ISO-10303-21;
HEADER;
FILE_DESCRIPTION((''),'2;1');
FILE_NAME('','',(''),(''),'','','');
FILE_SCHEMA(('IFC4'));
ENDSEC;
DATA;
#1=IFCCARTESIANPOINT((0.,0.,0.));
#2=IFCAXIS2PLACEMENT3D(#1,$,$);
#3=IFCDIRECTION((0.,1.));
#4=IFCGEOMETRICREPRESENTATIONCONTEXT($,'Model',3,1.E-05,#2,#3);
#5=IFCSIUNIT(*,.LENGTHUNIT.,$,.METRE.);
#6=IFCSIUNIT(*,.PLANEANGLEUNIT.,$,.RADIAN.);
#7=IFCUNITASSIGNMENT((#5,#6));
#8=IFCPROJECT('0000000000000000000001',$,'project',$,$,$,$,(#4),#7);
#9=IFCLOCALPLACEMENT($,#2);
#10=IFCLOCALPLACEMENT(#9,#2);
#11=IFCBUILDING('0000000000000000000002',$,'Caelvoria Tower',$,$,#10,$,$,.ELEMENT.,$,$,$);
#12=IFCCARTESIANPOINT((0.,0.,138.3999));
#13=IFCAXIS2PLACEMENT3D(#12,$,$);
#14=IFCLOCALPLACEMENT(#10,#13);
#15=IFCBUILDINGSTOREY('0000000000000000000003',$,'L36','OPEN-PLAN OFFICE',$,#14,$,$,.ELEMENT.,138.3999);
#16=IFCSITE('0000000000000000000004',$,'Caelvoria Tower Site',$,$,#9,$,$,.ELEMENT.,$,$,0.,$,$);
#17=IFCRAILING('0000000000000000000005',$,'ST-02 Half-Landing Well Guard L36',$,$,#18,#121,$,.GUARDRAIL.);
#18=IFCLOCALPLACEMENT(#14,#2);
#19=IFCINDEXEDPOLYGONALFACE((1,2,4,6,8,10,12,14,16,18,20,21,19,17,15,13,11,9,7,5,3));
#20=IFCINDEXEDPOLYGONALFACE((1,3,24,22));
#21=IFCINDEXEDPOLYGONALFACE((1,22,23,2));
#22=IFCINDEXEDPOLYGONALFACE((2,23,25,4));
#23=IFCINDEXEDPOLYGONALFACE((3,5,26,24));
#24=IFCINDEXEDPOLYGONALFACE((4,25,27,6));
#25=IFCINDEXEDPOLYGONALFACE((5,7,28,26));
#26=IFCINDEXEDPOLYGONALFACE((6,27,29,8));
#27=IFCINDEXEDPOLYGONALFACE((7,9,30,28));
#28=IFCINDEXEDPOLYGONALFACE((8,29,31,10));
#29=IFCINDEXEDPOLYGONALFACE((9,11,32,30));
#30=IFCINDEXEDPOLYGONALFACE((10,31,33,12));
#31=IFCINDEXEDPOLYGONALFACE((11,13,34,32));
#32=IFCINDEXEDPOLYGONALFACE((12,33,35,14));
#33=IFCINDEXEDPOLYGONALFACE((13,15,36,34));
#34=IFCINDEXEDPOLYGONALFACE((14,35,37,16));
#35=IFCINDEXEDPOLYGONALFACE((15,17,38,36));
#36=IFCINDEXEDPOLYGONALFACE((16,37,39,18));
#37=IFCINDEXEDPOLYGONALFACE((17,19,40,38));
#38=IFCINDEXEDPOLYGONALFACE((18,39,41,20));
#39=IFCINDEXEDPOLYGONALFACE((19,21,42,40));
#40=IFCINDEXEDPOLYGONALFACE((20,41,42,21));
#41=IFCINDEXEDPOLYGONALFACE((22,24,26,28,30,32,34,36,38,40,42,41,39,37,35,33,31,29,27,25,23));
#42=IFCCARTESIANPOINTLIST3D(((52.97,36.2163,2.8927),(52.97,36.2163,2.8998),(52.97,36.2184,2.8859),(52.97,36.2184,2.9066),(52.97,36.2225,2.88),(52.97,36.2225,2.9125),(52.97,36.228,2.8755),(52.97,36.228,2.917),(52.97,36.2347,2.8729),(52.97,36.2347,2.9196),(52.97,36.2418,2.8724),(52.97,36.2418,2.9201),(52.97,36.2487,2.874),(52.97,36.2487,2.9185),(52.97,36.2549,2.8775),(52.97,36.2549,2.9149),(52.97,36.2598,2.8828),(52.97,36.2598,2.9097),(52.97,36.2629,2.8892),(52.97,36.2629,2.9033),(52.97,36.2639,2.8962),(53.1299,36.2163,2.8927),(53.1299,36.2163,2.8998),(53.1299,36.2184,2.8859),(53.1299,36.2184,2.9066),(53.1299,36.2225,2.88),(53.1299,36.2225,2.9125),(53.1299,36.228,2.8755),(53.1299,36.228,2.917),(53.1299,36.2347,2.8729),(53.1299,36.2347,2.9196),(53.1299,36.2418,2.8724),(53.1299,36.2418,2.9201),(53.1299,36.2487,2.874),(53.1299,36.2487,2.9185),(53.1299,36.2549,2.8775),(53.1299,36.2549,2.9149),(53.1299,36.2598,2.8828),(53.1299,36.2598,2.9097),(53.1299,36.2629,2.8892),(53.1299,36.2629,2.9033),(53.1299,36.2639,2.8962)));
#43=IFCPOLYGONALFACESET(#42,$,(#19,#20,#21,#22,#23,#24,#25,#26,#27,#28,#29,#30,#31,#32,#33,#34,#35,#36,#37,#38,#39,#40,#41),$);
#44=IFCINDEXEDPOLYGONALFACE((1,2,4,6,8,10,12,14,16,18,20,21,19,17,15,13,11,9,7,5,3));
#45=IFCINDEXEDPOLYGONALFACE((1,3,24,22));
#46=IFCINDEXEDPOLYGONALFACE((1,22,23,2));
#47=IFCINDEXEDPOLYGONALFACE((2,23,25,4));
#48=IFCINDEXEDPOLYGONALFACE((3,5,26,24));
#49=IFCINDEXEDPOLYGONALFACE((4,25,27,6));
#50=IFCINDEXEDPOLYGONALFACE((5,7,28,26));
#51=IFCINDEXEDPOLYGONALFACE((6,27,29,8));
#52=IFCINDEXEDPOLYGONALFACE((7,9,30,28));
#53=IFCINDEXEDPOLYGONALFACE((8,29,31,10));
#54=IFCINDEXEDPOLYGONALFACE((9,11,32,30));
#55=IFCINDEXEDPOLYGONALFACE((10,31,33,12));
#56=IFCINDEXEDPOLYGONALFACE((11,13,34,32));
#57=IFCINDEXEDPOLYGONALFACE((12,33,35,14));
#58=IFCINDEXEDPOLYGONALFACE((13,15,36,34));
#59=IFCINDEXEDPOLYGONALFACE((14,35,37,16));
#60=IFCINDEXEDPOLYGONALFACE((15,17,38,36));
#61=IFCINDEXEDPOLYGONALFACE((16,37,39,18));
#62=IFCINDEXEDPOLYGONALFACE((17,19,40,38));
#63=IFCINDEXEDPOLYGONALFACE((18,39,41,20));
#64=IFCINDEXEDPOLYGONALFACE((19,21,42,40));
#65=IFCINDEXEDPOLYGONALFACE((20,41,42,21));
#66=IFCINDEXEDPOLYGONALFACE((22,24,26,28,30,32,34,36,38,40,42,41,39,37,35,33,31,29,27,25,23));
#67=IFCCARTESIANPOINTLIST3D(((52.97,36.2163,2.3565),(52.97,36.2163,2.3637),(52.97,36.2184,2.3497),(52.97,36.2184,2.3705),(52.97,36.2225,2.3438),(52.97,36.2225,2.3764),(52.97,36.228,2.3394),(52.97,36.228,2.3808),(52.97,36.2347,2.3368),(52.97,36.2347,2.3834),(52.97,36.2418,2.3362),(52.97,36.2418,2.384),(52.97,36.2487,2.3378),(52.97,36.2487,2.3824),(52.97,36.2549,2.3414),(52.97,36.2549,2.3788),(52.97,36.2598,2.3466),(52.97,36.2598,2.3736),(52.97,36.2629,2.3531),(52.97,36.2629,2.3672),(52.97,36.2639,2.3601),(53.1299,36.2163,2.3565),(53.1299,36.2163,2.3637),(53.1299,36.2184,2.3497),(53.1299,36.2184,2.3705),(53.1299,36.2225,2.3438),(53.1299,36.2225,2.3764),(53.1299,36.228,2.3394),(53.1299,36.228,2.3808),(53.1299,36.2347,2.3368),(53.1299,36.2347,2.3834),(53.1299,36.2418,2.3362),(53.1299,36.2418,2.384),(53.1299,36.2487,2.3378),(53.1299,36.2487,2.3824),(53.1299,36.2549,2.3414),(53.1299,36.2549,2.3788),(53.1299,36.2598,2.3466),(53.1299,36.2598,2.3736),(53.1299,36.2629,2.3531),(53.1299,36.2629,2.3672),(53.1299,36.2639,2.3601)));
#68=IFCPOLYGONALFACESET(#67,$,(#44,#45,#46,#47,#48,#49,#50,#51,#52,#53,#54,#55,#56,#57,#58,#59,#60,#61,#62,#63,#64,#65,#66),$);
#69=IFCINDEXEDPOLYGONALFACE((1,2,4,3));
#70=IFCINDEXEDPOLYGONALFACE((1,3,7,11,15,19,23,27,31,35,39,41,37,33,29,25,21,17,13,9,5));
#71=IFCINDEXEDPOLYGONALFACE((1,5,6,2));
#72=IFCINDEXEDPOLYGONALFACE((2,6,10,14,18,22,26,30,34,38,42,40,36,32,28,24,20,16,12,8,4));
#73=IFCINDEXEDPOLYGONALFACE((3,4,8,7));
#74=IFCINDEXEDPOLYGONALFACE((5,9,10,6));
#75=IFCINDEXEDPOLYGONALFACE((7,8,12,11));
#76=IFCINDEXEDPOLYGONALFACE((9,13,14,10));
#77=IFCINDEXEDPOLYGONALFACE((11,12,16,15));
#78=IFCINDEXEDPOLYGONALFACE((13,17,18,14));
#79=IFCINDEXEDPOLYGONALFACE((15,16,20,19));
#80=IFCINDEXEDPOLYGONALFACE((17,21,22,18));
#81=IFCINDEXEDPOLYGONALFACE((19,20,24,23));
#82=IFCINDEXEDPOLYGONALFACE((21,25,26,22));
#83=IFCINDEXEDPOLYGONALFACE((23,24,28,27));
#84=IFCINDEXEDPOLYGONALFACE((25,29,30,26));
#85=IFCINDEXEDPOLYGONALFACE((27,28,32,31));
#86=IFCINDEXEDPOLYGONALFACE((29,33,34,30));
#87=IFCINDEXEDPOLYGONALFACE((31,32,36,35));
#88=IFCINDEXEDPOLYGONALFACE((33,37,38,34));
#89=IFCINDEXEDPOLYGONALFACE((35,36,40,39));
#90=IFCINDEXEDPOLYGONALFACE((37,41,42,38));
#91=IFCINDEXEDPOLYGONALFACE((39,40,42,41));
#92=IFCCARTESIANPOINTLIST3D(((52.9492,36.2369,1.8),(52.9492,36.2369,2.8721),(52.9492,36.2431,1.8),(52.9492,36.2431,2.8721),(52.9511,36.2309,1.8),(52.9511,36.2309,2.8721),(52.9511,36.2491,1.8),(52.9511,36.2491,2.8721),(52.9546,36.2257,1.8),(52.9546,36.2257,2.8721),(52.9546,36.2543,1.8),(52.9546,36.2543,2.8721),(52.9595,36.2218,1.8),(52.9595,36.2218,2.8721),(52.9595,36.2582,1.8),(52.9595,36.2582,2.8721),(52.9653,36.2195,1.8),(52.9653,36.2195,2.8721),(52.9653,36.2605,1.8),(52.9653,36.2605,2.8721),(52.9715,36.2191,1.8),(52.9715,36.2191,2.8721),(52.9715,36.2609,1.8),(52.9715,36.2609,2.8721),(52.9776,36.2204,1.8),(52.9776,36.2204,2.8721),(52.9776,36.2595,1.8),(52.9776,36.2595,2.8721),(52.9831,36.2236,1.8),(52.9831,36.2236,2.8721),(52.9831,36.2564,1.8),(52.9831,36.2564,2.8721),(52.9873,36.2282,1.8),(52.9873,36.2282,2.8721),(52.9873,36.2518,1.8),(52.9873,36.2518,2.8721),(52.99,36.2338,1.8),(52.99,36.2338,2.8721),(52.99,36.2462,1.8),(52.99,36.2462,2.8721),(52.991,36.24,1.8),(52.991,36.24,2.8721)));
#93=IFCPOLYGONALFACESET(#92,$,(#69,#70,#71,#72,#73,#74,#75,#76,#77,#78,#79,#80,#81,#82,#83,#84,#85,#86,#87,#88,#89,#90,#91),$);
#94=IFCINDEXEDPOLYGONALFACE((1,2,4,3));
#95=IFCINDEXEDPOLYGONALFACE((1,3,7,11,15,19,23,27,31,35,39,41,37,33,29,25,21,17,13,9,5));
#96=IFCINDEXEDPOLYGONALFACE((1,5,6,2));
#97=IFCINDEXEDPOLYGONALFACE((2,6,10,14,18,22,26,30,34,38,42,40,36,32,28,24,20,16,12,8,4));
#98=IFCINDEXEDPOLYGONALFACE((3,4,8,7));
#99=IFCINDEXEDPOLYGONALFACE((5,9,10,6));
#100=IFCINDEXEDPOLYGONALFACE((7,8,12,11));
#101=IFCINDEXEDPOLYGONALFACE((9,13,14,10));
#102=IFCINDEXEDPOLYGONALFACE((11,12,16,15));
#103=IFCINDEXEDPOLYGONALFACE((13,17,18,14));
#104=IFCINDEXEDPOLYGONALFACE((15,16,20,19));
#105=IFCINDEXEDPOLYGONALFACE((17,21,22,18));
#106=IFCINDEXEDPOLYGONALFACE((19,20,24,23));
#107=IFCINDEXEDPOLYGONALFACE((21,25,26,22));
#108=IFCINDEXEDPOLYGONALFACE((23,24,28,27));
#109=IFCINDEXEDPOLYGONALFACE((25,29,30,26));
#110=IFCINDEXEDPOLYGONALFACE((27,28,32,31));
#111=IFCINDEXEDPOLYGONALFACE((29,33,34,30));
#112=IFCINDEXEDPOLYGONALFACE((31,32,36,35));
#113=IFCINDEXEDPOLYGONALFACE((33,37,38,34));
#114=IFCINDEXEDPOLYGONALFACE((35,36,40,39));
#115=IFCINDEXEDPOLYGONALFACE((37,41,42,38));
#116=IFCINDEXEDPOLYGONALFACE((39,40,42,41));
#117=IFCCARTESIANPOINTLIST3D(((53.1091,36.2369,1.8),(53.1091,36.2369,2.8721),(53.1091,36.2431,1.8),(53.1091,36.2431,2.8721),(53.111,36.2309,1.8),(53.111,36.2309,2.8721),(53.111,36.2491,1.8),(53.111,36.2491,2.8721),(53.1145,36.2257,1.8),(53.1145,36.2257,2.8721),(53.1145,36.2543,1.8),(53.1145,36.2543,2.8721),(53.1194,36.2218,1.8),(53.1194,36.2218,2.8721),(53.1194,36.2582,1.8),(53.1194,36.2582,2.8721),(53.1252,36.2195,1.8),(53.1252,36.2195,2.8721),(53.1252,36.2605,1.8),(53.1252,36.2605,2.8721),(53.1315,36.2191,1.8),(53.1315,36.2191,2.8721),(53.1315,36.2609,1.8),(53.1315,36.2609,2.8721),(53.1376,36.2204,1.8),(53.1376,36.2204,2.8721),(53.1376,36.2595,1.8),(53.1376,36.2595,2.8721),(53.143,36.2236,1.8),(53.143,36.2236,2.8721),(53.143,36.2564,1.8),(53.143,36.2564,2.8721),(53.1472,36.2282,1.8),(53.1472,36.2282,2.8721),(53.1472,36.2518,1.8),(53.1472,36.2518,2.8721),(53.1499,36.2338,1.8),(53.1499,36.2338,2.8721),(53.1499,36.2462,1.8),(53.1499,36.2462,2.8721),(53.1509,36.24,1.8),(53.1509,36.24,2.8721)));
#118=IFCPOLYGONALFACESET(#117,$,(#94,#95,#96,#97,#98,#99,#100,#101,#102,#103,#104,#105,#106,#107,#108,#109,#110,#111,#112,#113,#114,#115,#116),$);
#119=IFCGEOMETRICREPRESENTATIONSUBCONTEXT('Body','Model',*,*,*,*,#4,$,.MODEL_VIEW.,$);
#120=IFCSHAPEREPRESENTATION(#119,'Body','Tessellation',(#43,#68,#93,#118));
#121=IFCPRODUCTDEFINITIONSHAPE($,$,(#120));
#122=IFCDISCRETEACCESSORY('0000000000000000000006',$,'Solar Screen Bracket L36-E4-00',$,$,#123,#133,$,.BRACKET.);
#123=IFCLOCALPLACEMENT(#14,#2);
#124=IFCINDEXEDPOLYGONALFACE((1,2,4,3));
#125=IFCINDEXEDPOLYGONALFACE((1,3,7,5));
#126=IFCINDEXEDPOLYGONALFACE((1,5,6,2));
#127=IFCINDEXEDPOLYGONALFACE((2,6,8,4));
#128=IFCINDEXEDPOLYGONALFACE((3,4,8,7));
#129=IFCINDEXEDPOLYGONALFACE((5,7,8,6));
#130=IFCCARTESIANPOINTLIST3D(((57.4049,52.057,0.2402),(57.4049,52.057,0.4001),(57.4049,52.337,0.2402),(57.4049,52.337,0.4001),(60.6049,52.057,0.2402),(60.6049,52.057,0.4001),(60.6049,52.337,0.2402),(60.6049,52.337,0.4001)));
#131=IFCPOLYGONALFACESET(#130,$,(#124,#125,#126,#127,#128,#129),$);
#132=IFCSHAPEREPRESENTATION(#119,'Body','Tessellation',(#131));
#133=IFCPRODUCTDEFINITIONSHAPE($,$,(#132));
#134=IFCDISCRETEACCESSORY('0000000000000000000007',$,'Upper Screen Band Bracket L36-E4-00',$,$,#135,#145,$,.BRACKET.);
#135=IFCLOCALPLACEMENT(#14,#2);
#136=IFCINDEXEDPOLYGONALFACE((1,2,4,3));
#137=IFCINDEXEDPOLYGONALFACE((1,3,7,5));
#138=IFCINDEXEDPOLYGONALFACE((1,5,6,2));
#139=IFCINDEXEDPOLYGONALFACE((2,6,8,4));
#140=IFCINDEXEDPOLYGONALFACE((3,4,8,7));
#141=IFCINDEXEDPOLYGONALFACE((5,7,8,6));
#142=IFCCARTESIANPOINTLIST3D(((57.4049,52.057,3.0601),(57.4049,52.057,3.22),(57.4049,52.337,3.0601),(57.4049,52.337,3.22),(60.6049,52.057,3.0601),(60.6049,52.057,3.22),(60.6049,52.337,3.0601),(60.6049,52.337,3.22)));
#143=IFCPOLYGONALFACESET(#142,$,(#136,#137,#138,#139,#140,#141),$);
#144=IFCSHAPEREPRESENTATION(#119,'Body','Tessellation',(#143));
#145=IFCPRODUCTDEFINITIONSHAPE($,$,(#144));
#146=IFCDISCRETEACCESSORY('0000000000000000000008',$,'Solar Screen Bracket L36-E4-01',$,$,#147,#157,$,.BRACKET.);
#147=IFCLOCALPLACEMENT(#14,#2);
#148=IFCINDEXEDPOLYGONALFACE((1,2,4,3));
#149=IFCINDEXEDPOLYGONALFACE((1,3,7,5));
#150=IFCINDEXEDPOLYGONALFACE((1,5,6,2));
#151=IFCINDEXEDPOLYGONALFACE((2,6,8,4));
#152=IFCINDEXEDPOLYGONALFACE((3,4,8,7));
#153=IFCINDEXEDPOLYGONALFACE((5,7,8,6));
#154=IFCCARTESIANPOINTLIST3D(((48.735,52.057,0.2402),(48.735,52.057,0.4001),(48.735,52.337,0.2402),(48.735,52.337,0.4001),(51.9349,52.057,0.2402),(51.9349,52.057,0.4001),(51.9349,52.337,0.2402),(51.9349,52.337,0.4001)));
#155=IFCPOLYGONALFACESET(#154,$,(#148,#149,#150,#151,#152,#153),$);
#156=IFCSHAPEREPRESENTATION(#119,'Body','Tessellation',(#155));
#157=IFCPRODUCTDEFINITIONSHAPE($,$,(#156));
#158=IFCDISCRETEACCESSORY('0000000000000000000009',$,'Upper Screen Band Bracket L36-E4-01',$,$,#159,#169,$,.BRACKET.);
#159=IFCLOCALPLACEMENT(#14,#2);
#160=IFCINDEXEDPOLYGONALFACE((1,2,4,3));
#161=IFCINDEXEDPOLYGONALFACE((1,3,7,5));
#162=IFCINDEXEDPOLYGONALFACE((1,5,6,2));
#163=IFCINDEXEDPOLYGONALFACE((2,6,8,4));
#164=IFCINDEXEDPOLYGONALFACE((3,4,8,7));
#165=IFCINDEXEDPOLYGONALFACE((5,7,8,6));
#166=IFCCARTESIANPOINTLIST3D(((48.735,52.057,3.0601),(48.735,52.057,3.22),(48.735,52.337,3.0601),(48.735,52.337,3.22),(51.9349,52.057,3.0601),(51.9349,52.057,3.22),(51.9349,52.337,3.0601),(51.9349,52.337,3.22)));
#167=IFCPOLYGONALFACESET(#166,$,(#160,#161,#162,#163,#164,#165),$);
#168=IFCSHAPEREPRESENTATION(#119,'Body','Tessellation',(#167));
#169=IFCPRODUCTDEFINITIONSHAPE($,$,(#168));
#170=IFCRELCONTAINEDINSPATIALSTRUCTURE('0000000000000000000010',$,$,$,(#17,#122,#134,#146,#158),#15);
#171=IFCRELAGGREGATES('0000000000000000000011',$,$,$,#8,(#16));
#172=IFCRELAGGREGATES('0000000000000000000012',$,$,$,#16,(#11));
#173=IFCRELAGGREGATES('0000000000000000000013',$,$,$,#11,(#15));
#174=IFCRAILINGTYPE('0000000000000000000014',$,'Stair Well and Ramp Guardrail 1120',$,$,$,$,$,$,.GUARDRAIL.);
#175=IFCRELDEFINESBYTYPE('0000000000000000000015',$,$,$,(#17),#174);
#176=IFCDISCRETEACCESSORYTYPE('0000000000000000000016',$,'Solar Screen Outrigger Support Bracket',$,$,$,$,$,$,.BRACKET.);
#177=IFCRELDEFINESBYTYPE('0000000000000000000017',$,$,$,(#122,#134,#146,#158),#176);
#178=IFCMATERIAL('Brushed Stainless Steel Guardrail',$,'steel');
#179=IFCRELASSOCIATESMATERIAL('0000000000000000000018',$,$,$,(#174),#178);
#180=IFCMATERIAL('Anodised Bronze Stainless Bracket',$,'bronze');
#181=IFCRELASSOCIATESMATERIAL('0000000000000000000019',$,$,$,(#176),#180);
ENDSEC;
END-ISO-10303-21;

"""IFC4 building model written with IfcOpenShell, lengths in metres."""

from ifc_helpers import new_model, si_unit, direction, frame, origin, origin_2d, place, context, subcontext, project, spatial, rectangle, circle, extrude, material, type_object, element, save


model = new_model("IFC4")

# Units and contexts
model_context = context("Model", 3, precision=1e-05, world=origin(), true_north=direction((0.0, 1.0)))
body_context = subcontext(model_context, "Body", "Model", "MODEL_VIEW")
ifc_project = project(units=[si_unit("LENGTHUNIT", "METRE"), si_unit("PLANEANGLEUNIT", "RADIAN")], contexts=[model_context])

# Site, building, storey
site_placement = place(None, origin())
site = spatial("IfcSite", under=ifc_project, at=site_placement, Name="Caelvoria Tower Site", CompositionType="ELEMENT", RefElevation=0.0)
building_placement = place(site_placement, origin())
building = spatial("IfcBuilding", under=site, at=building_placement, Name="Caelvoria Tower", CompositionType="ELEMENT")
storey_placement = place(building_placement, frame((0.0, 0.0, 138.3999)))
storey = spatial("IfcBuildingStorey", under=building, at=storey_placement, Name="L36", Description="OPEN-PLAN OFFICE", CompositionType="ELEMENT", Elevation=138.3999)

# Railing
ifc_material_1 = material(Name="Brushed Stainless Steel Guardrail", Category="steel")
railing_type_1 = type_object("IfcRailingType", Name="Stair Well and Ramp Guardrail 1120", PredefinedType="GUARDRAIL", material=ifc_material_1)
railing_1_placement = place(storey_placement, frame((52.97, 36.24, 1.8)))
element("IfcRailing", 1, at=railing_1_placement, inside=storey, type_object=railing_type_1, Name="ST-02 Half-Landing Well Guard L36", PredefinedType="GUARDRAIL", context=body_context, shape_type="SweptSolid", body=[
    extrude(circle(Radius=0.0239, at=origin_2d()), frame((0.0, 0.0, 1.0962), z_axis=(1.0, 0.0, 0.0), x_axis=(0.0, 1.0, 0.0)), (0.0, 0.0, 1.0), 0.1599),
    extrude(circle(Radius=0.0239, at=origin_2d()), frame((0.0, 0.0, 0.5601), z_axis=(1.0, 0.0, 0.0), x_axis=(0.0, 1.0, 0.0)), (0.0, 0.0, 1.0), 0.1599),
    extrude(circle(Radius=0.021, at=origin_2d()), origin(), (0.0, 0.0, 1.0), 1.072),
    extrude(circle(Radius=0.021, at=origin_2d()), frame((0.1599, 0.0, 0.0)), (0.0, 0.0, 1.0), 1.072),
])

# Discrete accessories
ifc_material_2 = material(Name="Anodised Bronze Stainless Bracket", Category="bronze")
discrete_accessory_type = type_object("IfcDiscreteAccessoryType", Name="Solar Screen Outrigger Support Bracket", PredefinedType="BRACKET", material=ifc_material_2)
for number, where, z_axis, x_axis, name in (
    (2, (59.0049, 52.197, 0.2402), (0.0, 0.0, 1.0), (-1.0, 0.0, 0.0), "Solar Screen Bracket L36-E4-00"),
    (3, (59.0049, 52.197, 3.0601), (0.0, 0.0, 1.0), (-1.0, 0.0, 0.0), "Upper Screen Band Bracket L36-E4-00"),
    (4, (50.335, 52.197, 0.2402), (0.0, 0.0, 1.0), (-1.0, 0.0, 0.0), "Solar Screen Bracket L36-E4-01"),
    (5, (50.335, 52.197, 3.0601), (0.0, 0.0, 1.0), (-1.0, 0.0, 0.0), "Upper Screen Band Bracket L36-E4-01"),
):
    element("IfcDiscreteAccessory", number, at=place(storey_placement, frame(where, z_axis=z_axis, x_axis=x_axis)), inside=storey, type_object=discrete_accessory_type, Name=name, PredefinedType="BRACKET", context=body_context, shape_type="SweptSolid", body=[
        extrude(rectangle(XDim=3.2, YDim=0.28, at=origin_2d()), origin(), (0.0, 0.0, 1.0), 0.1599),
    ])

save(model, "model.ifc")
